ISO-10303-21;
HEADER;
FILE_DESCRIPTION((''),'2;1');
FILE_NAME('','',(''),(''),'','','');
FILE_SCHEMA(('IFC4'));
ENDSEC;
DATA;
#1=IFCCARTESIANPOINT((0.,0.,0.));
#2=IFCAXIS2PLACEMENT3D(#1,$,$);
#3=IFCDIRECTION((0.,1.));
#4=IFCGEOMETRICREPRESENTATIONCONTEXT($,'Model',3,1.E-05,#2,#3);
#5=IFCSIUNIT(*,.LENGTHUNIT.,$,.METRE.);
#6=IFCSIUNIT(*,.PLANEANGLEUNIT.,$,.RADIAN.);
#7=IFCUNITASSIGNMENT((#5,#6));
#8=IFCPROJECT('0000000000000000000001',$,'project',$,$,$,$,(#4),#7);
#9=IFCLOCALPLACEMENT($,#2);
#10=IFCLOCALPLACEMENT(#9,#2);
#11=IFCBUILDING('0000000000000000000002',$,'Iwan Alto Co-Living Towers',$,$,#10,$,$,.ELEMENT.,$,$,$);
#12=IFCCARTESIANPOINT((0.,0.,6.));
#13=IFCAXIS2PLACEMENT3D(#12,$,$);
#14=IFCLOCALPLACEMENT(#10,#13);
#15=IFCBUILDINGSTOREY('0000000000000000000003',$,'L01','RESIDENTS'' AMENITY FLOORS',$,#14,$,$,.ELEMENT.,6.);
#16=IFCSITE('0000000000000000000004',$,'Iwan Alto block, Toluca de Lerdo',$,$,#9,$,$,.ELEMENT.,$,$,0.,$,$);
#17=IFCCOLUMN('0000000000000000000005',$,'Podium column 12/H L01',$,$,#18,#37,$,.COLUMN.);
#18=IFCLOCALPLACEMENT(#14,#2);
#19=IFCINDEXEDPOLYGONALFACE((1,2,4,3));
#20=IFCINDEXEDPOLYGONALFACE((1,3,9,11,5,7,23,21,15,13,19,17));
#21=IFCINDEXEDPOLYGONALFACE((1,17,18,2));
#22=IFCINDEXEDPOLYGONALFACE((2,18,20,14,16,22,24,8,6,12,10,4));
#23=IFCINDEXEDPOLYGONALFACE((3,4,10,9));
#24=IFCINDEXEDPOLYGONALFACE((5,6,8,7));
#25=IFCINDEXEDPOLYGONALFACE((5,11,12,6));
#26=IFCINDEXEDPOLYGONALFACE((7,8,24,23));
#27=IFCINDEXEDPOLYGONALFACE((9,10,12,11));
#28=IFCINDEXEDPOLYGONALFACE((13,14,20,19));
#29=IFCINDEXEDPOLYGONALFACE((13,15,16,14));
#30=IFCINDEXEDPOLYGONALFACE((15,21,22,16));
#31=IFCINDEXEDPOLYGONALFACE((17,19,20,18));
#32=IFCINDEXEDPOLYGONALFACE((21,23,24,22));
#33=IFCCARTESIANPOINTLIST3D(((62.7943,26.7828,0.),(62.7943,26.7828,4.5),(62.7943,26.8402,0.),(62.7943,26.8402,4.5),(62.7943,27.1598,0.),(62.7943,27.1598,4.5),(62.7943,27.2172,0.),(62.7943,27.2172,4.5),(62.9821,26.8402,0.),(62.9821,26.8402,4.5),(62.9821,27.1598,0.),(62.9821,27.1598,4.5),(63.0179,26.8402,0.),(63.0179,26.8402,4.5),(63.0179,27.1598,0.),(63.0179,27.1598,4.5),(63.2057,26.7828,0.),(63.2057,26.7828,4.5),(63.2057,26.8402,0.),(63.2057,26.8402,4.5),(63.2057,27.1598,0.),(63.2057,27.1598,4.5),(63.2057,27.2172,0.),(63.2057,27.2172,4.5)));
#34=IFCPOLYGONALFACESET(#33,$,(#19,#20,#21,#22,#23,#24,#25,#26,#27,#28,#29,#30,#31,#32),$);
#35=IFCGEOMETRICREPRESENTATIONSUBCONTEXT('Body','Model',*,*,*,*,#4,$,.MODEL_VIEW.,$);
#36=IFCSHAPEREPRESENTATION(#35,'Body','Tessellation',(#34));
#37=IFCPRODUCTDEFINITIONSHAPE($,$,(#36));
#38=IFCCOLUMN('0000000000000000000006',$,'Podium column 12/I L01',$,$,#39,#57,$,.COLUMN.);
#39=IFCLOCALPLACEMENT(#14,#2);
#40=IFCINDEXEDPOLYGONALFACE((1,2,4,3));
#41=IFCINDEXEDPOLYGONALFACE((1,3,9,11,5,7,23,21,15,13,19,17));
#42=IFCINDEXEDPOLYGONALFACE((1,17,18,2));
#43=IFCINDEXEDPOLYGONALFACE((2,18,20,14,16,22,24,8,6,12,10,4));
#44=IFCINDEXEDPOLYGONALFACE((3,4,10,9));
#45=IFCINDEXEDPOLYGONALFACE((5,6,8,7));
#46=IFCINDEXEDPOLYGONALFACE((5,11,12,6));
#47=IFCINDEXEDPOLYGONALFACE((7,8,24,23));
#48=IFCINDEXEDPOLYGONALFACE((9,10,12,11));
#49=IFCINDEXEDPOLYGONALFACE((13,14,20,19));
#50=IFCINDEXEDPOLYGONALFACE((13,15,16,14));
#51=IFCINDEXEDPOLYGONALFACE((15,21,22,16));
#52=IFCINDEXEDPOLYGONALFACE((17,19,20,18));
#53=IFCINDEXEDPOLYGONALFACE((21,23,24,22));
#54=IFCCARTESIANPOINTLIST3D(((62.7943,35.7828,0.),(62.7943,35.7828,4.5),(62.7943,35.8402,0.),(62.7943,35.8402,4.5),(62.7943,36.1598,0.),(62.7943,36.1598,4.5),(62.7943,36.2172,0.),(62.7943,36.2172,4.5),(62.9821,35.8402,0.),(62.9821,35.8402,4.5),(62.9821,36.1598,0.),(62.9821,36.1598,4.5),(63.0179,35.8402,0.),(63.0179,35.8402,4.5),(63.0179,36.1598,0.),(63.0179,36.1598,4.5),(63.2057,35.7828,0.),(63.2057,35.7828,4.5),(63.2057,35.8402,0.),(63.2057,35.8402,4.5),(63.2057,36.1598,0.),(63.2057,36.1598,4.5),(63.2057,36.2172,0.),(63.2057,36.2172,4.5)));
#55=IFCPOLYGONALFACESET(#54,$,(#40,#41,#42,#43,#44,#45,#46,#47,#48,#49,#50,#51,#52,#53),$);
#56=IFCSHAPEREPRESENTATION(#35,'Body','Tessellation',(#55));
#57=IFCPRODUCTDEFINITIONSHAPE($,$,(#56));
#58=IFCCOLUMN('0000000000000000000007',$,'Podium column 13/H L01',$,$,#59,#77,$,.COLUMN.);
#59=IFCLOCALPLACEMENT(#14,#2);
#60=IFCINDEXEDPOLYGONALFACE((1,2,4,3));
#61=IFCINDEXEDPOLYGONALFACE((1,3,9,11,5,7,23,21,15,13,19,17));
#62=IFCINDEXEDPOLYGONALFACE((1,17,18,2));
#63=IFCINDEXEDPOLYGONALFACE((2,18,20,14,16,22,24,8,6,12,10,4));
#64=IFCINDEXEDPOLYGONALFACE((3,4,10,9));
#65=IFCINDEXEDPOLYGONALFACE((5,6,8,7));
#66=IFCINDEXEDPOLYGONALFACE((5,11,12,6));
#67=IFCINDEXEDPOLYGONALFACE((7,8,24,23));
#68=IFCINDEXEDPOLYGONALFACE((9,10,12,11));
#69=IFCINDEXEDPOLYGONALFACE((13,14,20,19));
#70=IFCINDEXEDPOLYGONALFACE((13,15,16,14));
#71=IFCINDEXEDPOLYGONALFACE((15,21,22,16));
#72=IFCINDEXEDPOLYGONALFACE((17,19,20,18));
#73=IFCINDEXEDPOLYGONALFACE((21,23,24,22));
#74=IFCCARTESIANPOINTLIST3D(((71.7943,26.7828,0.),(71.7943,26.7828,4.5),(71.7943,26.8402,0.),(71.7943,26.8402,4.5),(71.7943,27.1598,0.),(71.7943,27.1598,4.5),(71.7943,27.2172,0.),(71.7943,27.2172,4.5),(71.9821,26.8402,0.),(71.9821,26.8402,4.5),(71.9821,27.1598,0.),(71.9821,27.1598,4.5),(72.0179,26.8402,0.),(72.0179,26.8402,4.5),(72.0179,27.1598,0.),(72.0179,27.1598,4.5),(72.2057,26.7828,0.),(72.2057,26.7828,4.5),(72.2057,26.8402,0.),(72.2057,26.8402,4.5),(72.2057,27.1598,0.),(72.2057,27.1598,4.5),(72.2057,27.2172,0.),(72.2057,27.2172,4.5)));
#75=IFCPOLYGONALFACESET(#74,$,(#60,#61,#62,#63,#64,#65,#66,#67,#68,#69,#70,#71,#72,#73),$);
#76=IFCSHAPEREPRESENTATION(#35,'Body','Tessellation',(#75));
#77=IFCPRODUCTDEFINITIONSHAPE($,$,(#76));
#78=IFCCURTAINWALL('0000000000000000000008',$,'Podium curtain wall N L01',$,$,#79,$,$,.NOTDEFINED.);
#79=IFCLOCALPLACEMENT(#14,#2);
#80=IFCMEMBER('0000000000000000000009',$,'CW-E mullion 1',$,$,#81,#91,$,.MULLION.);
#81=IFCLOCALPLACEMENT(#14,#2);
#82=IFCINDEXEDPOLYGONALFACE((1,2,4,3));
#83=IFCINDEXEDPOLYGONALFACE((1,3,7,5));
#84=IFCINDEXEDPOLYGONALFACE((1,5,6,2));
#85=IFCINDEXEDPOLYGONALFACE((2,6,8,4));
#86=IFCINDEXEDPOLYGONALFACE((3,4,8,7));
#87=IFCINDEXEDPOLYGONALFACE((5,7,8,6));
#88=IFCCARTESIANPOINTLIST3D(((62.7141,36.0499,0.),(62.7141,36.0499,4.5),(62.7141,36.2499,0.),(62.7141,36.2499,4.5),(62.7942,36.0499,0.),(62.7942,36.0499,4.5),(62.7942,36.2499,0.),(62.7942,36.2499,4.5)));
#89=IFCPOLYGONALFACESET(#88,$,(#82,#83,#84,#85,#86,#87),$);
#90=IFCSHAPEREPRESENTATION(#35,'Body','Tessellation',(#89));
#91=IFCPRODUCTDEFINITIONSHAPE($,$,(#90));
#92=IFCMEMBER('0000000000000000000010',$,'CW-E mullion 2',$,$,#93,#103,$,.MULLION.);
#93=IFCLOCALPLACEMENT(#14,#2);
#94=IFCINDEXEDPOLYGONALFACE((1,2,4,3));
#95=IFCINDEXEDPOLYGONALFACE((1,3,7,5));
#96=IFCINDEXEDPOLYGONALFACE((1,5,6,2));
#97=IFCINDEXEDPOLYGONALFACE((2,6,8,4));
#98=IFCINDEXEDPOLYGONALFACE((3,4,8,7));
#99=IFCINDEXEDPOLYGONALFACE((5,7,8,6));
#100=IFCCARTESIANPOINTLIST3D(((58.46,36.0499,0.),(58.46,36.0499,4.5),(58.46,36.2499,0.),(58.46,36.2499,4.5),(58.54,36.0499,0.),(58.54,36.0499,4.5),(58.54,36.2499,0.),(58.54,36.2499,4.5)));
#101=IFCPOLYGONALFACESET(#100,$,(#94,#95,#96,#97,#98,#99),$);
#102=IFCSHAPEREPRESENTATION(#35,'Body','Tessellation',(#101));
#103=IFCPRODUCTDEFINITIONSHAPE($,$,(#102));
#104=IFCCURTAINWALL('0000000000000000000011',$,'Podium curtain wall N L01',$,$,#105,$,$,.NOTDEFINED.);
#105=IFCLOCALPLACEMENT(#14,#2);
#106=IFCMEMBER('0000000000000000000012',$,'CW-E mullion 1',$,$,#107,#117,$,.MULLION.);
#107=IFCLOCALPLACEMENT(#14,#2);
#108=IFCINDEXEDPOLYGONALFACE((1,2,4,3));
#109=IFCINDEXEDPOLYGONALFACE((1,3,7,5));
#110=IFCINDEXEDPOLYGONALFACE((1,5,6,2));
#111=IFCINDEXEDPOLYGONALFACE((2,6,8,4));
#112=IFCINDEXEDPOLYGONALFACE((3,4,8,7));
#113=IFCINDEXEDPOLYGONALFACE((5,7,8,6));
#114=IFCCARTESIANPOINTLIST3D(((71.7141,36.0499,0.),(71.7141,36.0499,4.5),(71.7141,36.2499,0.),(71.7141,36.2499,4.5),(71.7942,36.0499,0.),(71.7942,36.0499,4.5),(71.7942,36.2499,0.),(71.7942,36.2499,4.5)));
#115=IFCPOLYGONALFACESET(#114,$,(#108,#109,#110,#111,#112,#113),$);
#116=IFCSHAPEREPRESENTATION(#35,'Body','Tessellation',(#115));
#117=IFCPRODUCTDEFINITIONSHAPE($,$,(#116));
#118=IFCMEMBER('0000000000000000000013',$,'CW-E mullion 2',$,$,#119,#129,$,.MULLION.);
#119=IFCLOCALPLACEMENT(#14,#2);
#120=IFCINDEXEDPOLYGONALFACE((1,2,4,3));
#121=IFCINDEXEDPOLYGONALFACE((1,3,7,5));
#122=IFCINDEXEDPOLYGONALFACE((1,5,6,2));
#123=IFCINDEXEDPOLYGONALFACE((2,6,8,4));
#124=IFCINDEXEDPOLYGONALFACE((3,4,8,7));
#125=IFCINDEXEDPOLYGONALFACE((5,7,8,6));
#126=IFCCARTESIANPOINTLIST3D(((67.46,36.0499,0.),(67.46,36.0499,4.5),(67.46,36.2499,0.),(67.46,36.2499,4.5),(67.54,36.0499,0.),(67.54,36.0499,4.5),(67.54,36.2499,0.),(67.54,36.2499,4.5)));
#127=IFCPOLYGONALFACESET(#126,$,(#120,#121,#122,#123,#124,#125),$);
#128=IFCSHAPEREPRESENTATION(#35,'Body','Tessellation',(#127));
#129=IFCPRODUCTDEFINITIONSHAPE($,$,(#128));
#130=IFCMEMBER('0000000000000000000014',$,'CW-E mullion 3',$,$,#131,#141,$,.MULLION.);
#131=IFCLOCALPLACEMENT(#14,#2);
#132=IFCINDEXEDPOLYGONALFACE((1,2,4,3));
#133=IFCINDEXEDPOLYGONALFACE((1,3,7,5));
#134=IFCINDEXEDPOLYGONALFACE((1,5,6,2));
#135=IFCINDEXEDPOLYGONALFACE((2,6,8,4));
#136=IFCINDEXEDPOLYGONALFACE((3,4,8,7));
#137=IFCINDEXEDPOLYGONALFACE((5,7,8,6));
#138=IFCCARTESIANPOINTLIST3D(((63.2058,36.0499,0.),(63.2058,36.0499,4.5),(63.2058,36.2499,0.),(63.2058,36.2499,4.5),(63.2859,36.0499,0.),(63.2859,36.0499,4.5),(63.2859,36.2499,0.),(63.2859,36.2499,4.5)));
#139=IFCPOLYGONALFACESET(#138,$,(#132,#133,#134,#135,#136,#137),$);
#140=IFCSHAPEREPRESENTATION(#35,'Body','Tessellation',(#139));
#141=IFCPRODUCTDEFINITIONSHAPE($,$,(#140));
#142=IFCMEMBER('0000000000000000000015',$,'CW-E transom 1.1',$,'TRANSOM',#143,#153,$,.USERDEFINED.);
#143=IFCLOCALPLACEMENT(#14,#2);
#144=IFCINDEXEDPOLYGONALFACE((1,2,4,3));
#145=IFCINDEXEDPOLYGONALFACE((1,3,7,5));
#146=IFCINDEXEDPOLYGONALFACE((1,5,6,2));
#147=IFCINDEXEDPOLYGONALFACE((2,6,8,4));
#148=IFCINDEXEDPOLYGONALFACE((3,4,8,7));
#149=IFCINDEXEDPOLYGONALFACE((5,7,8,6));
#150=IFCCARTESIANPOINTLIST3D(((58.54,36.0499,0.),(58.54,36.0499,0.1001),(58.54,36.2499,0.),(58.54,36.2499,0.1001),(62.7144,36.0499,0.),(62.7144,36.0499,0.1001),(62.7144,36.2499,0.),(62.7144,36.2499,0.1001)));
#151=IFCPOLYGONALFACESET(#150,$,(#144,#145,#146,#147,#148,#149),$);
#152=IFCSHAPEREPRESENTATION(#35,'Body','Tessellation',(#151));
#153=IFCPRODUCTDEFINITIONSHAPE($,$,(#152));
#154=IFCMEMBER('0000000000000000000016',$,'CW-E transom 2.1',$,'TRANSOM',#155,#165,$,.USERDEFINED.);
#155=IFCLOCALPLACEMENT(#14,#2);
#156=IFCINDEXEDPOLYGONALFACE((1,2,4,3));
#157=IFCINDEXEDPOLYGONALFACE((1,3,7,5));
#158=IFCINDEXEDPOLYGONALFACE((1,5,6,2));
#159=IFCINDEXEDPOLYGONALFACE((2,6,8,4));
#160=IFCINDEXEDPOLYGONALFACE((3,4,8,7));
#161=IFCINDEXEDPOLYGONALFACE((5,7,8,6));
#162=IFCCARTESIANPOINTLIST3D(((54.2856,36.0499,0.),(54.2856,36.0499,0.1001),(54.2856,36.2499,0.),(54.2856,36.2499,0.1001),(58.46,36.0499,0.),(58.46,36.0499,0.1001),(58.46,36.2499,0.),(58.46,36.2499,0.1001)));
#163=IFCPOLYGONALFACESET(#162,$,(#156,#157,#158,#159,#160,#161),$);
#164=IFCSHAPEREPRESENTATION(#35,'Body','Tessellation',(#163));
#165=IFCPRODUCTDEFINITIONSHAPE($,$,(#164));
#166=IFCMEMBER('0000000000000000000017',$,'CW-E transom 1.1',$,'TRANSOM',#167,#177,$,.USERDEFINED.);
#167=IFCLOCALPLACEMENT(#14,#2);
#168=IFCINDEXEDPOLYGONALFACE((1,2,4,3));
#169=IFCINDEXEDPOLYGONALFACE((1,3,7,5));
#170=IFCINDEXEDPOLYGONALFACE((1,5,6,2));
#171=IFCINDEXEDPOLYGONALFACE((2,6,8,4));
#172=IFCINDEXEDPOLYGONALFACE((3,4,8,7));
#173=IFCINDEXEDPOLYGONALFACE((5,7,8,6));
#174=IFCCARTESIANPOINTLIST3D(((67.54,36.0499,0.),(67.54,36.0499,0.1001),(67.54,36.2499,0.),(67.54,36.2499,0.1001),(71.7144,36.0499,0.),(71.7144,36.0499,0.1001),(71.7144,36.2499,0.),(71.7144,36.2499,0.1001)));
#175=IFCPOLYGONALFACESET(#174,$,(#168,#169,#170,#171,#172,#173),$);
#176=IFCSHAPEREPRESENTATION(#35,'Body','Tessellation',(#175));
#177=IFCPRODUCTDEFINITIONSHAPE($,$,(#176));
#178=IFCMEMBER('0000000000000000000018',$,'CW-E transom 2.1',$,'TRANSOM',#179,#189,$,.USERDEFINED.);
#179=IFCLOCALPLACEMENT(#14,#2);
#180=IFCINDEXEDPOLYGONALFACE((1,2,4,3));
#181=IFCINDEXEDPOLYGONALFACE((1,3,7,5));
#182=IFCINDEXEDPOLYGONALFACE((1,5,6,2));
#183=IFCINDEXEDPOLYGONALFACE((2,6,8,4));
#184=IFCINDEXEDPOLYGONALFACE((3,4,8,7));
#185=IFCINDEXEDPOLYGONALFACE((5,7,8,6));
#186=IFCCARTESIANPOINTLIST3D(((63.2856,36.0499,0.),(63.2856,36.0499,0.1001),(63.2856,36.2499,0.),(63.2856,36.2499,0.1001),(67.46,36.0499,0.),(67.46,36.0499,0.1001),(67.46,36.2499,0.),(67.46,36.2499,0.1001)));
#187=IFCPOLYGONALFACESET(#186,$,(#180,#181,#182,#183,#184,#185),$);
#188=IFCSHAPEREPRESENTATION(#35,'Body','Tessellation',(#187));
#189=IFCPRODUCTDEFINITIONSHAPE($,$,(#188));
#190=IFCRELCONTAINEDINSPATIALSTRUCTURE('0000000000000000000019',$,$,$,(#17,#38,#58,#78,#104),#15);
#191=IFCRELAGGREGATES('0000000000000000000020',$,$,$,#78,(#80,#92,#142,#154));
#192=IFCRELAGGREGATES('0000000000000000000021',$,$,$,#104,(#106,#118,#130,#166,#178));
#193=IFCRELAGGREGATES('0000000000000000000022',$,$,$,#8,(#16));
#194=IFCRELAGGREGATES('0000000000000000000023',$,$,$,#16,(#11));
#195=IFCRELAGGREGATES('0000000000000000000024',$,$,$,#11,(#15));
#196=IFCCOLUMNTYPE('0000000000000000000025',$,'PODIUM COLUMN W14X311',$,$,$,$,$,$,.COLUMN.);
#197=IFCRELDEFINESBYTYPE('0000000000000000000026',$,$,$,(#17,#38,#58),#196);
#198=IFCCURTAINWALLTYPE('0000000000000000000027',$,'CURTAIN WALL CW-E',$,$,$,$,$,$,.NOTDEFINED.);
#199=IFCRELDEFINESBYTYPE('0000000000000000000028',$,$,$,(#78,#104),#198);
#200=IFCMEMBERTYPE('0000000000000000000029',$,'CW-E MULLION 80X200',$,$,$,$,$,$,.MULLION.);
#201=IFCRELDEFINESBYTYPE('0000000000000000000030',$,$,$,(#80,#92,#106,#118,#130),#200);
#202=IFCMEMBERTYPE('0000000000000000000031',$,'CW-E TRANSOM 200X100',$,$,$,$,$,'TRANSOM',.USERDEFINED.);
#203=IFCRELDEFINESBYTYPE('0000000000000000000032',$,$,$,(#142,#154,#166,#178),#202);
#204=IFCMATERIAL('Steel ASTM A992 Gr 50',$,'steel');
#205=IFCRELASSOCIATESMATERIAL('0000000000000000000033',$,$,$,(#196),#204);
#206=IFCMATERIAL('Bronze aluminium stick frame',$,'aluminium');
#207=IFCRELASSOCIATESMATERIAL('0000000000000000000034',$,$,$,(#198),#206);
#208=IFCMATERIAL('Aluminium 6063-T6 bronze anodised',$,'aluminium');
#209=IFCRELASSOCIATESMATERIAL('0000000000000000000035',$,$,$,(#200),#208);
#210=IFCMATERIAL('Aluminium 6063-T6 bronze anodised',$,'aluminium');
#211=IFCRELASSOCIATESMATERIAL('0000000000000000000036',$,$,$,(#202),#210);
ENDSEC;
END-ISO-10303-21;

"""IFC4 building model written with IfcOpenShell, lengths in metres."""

from ifc_helpers import new_model, si_unit, direction, frame, origin, origin_2d, place, context, subcontext, project, spatial, rectangle, i_section, extrude, material, material_profile, profile_set, type_object, element, aggregate, save


model = new_model("IFC4")

# Units and contexts
model_context = context("Model", 3, precision=1e-05, world=origin(), true_north=direction((0.0, 1.0)))
body_context = subcontext(model_context, "Body", "Model", "MODEL_VIEW")
ifc_project = project(units=[si_unit("LENGTHUNIT", "METRE"), si_unit("PLANEANGLEUNIT", "RADIAN")], contexts=[model_context])

# Site, building, storey
site_placement = place(None, origin())
site = spatial("IfcSite", under=ifc_project, at=site_placement, Name="Iwan Alto block, Toluca de Lerdo", CompositionType="ELEMENT", RefElevation=0.0)
building_placement = place(site_placement, origin())
building = spatial("IfcBuilding", under=site, at=building_placement, Name="Iwan Alto Co-Living Towers", CompositionType="ELEMENT")
storey_placement = place(building_placement, frame((0.0, 0.0, 6.0)))
storey = spatial("IfcBuildingStorey", under=building, at=storey_placement, Name="L01", Description="RESIDENTS' AMENITY FLOORS", CompositionType="ELEMENT", Elevation=6.0)

# Columns
ifc_material_1 = material(Name="Steel ASTM A992 Gr 50", Category="steel")
ifc_material_profile_1 = material_profile(ifc_material_1, i_section(OverallWidth=0.4114, OverallDepth=0.4343, WebThickness=0.0359, FlangeThickness=0.0574, at=origin_2d()), Name="W14X311")
ifc_profile_set_1 = profile_set([ifc_material_profile_1], Name="Steel ASTM A992 Gr 50")
column_type = type_object("IfcColumnType", Name="PODIUM COLUMN W14X311", PredefinedType="COLUMN", material=ifc_profile_set_1)
for number, where, z_axis, x_axis, name in (
    (1, (63.0, 27.0, 0.0), (0.0, 0.0, 1.0), (1.0, 0.0, 0.0), "Podium column 12/H L01"),
    (2, (63.0, 36.0, 0.0), (0.0, 0.0, 1.0), (1.0, 0.0, 0.0), "Podium column 12/I L01"),
    (3, (72.0, 27.0, 0.0), (0.0, 0.0, 1.0), (1.0, 0.0, 0.0), "Podium column 13/H L01"),
):
    element("IfcColumn", number, at=place(storey_placement, frame(where, z_axis=z_axis, x_axis=x_axis)), inside=storey, type_object=column_type, Name=name, PredefinedType="COLUMN", context=body_context, shape_type="SweptSolid", body=[
        extrude(i_section(OverallWidth=0.4114, OverallDepth=0.4343, WebThickness=0.0359, FlangeThickness=0.0574, at=origin_2d()), origin(), (0.0, 0.0, 1.0), 4.5),
    ])

# Curtain walls, members
ifc_material_2 = material(Name="Bronze aluminium stick frame", Category="aluminium")
curtain_wall_type = type_object("IfcCurtainWallType", Name="CURTAIN WALL CW-E", PredefinedType="NOTDEFINED", material=ifc_material_2)
curtain_wall_1_placement = place(storey_placement, origin())
curtain_wall_1 = element("IfcCurtainWall", 4, at=curtain_wall_1_placement, inside=storey, type_object=curtain_wall_type, Name="Podium curtain wall N L01", PredefinedType="NOTDEFINED")
ifc_material_3 = material(Name="Aluminium 6063-T6 bronze anodised", Category="aluminium")
ifc_material_profile_2 = material_profile(ifc_material_3, rectangle(XDim=0.2, YDim=0.0801, at=origin_2d()), Name="AL 80X200")
ifc_profile_set_2 = profile_set([ifc_material_profile_2], Name="Aluminium 6063-T6 bronze anodised")
member_type_1 = type_object("IfcMemberType", Name="CW-E MULLION 80X200", PredefinedType="MULLION", material=ifc_profile_set_2)
member_1_placement = place(storey_placement, frame((62.7542, 36.1499, 0.0), z_axis=(0.0, 0.0, 1.0), x_axis=(0.0, -1.0, 0.0)))
member_1 = element("IfcMember", 5, at=member_1_placement, type_object=member_type_1, Name="CW-E mullion 1", PredefinedType="MULLION", context=body_context, shape_type="SweptSolid", body=[
    extrude(rectangle(XDim=0.2, YDim=0.0801, at=origin_2d()), origin(), (0.0, 0.0, 1.0), 4.5),
])
member_2_placement = place(storey_placement, frame((58.5, 36.1499, 0.0), z_axis=(0.0, 0.0, 1.0), x_axis=(0.0, -1.0, 0.0)))
member_2 = element("IfcMember", 6, at=member_2_placement, type_object=member_type_1, Name="CW-E mullion 2", PredefinedType="MULLION", context=body_context, shape_type="SweptSolid", body=[
    extrude(rectangle(XDim=0.2, YDim=0.0801, at=origin_2d()), origin(), (0.0, 0.0, 1.0), 4.5),
])
curtain_wall_2_placement = place(storey_placement, origin())
curtain_wall_2 = element("IfcCurtainWall", 7, at=curtain_wall_2_placement, inside=storey, type_object=curtain_wall_type, Name="Podium curtain wall N L01", PredefinedType="NOTDEFINED")
member_3_placement = place(storey_placement, frame((71.7542, 36.1499, 0.0), z_axis=(0.0, 0.0, 1.0), x_axis=(0.0, -1.0, 0.0)))
member_3 = element("IfcMember", 8, at=member_3_placement, type_object=member_type_1, Name="CW-E mullion 1", PredefinedType="MULLION", context=body_context, shape_type="SweptSolid", body=[
    extrude(rectangle(XDim=0.2, YDim=0.0801, at=origin_2d()), origin(), (0.0, 0.0, 1.0), 4.5),
])
member_4_placement = place(storey_placement, frame((67.5, 36.1499, 0.0), z_axis=(0.0, 0.0, 1.0), x_axis=(0.0, -1.0, 0.0)))
member_4 = element("IfcMember", 9, at=member_4_placement, type_object=member_type_1, Name="CW-E mullion 2", PredefinedType="MULLION", context=body_context, shape_type="SweptSolid", body=[
    extrude(rectangle(XDim=0.2, YDim=0.0801, at=origin_2d()), origin(), (0.0, 0.0, 1.0), 4.5),
])
member_5_placement = place(storey_placement, frame((63.2458, 36.1499, 0.0), z_axis=(0.0, 0.0, 1.0), x_axis=(0.0, -1.0, 0.0)))
member_5 = element("IfcMember", 10, at=member_5_placement, type_object=member_type_1, Name="CW-E mullion 3", PredefinedType="MULLION", context=body_context, shape_type="SweptSolid", body=[
    extrude(rectangle(XDim=0.2, YDim=0.0801, at=origin_2d()), origin(), (0.0, 0.0, 1.0), 4.5),
])

# Members
ifc_material_4 = material(Name="Aluminium 6063-T6 bronze anodised", Category="aluminium")
ifc_material_profile_3 = material_profile(ifc_material_4, rectangle(XDim=0.2, YDim=0.1001, at=origin_2d()), Name="AL 200X100")
ifc_profile_set_3 = profile_set([ifc_material_profile_3], Name="Aluminium 6063-T6 bronze anodised")
member_type_2 = type_object("IfcMemberType", Name="CW-E TRANSOM 200X100", ElementType="TRANSOM", PredefinedType="USERDEFINED", material=ifc_profile_set_3)
member_6_placement = place(storey_placement, frame((62.7144, 36.1499, 0.05), z_axis=(-1.0, 0.0, 0.0), x_axis=(0.0, -1.0, 0.0)))
member_6 = element("IfcMember", 11, at=member_6_placement, type_object=member_type_2, Name="CW-E transom 1.1", ObjectType="TRANSOM", PredefinedType="USERDEFINED", context=body_context, shape_type="SweptSolid", body=[
    extrude(rectangle(XDim=0.2, YDim=0.1001, at=origin_2d()), origin(), (0.0, 0.0, 1.0), 4.1743),
])
member_7_placement = place(storey_placement, frame((58.46, 36.1499, 0.05), z_axis=(-1.0, 0.0, 0.0), x_axis=(0.0, -1.0, 0.0)))
member_7 = element("IfcMember", 12, at=member_7_placement, type_object=member_type_2, Name="CW-E transom 2.1", ObjectType="TRANSOM", PredefinedType="USERDEFINED", context=body_context, shape_type="SweptSolid", body=[
    extrude(rectangle(XDim=0.2, YDim=0.1001, at=origin_2d()), origin(), (0.0, 0.0, 1.0), 4.1743),
])
member_8_placement = place(storey_placement, frame((71.7144, 36.1499, 0.05), z_axis=(-1.0, 0.0, 0.0), x_axis=(0.0, -1.0, 0.0)))
member_8 = element("IfcMember", 13, at=member_8_placement, type_object=member_type_2, Name="CW-E transom 1.1", ObjectType="TRANSOM", PredefinedType="USERDEFINED", context=body_context, shape_type="SweptSolid", body=[
    extrude(rectangle(XDim=0.2, YDim=0.1001, at=origin_2d()), origin(), (0.0, 0.0, 1.0), 4.1743),
])
member_9_placement = place(storey_placement, frame((67.46, 36.1499, 0.05), z_axis=(-1.0, 0.0, 0.0), x_axis=(0.0, -1.0, 0.0)))
member_9 = element("IfcMember", 14, at=member_9_placement, type_object=member_type_2, Name="CW-E transom 2.1", ObjectType="TRANSOM", PredefinedType="USERDEFINED", context=body_context, shape_type="SweptSolid", body=[
    extrude(rectangle(XDim=0.2, YDim=0.1001, at=origin_2d()), origin(), (0.0, 0.0, 1.0), 4.1743),
])

aggregate(curtain_wall_1, [member_1, member_2, member_6, member_7])
aggregate(curtain_wall_2, [member_3, member_4, member_5, member_8, member_9])

save(model, "model.ifc")
